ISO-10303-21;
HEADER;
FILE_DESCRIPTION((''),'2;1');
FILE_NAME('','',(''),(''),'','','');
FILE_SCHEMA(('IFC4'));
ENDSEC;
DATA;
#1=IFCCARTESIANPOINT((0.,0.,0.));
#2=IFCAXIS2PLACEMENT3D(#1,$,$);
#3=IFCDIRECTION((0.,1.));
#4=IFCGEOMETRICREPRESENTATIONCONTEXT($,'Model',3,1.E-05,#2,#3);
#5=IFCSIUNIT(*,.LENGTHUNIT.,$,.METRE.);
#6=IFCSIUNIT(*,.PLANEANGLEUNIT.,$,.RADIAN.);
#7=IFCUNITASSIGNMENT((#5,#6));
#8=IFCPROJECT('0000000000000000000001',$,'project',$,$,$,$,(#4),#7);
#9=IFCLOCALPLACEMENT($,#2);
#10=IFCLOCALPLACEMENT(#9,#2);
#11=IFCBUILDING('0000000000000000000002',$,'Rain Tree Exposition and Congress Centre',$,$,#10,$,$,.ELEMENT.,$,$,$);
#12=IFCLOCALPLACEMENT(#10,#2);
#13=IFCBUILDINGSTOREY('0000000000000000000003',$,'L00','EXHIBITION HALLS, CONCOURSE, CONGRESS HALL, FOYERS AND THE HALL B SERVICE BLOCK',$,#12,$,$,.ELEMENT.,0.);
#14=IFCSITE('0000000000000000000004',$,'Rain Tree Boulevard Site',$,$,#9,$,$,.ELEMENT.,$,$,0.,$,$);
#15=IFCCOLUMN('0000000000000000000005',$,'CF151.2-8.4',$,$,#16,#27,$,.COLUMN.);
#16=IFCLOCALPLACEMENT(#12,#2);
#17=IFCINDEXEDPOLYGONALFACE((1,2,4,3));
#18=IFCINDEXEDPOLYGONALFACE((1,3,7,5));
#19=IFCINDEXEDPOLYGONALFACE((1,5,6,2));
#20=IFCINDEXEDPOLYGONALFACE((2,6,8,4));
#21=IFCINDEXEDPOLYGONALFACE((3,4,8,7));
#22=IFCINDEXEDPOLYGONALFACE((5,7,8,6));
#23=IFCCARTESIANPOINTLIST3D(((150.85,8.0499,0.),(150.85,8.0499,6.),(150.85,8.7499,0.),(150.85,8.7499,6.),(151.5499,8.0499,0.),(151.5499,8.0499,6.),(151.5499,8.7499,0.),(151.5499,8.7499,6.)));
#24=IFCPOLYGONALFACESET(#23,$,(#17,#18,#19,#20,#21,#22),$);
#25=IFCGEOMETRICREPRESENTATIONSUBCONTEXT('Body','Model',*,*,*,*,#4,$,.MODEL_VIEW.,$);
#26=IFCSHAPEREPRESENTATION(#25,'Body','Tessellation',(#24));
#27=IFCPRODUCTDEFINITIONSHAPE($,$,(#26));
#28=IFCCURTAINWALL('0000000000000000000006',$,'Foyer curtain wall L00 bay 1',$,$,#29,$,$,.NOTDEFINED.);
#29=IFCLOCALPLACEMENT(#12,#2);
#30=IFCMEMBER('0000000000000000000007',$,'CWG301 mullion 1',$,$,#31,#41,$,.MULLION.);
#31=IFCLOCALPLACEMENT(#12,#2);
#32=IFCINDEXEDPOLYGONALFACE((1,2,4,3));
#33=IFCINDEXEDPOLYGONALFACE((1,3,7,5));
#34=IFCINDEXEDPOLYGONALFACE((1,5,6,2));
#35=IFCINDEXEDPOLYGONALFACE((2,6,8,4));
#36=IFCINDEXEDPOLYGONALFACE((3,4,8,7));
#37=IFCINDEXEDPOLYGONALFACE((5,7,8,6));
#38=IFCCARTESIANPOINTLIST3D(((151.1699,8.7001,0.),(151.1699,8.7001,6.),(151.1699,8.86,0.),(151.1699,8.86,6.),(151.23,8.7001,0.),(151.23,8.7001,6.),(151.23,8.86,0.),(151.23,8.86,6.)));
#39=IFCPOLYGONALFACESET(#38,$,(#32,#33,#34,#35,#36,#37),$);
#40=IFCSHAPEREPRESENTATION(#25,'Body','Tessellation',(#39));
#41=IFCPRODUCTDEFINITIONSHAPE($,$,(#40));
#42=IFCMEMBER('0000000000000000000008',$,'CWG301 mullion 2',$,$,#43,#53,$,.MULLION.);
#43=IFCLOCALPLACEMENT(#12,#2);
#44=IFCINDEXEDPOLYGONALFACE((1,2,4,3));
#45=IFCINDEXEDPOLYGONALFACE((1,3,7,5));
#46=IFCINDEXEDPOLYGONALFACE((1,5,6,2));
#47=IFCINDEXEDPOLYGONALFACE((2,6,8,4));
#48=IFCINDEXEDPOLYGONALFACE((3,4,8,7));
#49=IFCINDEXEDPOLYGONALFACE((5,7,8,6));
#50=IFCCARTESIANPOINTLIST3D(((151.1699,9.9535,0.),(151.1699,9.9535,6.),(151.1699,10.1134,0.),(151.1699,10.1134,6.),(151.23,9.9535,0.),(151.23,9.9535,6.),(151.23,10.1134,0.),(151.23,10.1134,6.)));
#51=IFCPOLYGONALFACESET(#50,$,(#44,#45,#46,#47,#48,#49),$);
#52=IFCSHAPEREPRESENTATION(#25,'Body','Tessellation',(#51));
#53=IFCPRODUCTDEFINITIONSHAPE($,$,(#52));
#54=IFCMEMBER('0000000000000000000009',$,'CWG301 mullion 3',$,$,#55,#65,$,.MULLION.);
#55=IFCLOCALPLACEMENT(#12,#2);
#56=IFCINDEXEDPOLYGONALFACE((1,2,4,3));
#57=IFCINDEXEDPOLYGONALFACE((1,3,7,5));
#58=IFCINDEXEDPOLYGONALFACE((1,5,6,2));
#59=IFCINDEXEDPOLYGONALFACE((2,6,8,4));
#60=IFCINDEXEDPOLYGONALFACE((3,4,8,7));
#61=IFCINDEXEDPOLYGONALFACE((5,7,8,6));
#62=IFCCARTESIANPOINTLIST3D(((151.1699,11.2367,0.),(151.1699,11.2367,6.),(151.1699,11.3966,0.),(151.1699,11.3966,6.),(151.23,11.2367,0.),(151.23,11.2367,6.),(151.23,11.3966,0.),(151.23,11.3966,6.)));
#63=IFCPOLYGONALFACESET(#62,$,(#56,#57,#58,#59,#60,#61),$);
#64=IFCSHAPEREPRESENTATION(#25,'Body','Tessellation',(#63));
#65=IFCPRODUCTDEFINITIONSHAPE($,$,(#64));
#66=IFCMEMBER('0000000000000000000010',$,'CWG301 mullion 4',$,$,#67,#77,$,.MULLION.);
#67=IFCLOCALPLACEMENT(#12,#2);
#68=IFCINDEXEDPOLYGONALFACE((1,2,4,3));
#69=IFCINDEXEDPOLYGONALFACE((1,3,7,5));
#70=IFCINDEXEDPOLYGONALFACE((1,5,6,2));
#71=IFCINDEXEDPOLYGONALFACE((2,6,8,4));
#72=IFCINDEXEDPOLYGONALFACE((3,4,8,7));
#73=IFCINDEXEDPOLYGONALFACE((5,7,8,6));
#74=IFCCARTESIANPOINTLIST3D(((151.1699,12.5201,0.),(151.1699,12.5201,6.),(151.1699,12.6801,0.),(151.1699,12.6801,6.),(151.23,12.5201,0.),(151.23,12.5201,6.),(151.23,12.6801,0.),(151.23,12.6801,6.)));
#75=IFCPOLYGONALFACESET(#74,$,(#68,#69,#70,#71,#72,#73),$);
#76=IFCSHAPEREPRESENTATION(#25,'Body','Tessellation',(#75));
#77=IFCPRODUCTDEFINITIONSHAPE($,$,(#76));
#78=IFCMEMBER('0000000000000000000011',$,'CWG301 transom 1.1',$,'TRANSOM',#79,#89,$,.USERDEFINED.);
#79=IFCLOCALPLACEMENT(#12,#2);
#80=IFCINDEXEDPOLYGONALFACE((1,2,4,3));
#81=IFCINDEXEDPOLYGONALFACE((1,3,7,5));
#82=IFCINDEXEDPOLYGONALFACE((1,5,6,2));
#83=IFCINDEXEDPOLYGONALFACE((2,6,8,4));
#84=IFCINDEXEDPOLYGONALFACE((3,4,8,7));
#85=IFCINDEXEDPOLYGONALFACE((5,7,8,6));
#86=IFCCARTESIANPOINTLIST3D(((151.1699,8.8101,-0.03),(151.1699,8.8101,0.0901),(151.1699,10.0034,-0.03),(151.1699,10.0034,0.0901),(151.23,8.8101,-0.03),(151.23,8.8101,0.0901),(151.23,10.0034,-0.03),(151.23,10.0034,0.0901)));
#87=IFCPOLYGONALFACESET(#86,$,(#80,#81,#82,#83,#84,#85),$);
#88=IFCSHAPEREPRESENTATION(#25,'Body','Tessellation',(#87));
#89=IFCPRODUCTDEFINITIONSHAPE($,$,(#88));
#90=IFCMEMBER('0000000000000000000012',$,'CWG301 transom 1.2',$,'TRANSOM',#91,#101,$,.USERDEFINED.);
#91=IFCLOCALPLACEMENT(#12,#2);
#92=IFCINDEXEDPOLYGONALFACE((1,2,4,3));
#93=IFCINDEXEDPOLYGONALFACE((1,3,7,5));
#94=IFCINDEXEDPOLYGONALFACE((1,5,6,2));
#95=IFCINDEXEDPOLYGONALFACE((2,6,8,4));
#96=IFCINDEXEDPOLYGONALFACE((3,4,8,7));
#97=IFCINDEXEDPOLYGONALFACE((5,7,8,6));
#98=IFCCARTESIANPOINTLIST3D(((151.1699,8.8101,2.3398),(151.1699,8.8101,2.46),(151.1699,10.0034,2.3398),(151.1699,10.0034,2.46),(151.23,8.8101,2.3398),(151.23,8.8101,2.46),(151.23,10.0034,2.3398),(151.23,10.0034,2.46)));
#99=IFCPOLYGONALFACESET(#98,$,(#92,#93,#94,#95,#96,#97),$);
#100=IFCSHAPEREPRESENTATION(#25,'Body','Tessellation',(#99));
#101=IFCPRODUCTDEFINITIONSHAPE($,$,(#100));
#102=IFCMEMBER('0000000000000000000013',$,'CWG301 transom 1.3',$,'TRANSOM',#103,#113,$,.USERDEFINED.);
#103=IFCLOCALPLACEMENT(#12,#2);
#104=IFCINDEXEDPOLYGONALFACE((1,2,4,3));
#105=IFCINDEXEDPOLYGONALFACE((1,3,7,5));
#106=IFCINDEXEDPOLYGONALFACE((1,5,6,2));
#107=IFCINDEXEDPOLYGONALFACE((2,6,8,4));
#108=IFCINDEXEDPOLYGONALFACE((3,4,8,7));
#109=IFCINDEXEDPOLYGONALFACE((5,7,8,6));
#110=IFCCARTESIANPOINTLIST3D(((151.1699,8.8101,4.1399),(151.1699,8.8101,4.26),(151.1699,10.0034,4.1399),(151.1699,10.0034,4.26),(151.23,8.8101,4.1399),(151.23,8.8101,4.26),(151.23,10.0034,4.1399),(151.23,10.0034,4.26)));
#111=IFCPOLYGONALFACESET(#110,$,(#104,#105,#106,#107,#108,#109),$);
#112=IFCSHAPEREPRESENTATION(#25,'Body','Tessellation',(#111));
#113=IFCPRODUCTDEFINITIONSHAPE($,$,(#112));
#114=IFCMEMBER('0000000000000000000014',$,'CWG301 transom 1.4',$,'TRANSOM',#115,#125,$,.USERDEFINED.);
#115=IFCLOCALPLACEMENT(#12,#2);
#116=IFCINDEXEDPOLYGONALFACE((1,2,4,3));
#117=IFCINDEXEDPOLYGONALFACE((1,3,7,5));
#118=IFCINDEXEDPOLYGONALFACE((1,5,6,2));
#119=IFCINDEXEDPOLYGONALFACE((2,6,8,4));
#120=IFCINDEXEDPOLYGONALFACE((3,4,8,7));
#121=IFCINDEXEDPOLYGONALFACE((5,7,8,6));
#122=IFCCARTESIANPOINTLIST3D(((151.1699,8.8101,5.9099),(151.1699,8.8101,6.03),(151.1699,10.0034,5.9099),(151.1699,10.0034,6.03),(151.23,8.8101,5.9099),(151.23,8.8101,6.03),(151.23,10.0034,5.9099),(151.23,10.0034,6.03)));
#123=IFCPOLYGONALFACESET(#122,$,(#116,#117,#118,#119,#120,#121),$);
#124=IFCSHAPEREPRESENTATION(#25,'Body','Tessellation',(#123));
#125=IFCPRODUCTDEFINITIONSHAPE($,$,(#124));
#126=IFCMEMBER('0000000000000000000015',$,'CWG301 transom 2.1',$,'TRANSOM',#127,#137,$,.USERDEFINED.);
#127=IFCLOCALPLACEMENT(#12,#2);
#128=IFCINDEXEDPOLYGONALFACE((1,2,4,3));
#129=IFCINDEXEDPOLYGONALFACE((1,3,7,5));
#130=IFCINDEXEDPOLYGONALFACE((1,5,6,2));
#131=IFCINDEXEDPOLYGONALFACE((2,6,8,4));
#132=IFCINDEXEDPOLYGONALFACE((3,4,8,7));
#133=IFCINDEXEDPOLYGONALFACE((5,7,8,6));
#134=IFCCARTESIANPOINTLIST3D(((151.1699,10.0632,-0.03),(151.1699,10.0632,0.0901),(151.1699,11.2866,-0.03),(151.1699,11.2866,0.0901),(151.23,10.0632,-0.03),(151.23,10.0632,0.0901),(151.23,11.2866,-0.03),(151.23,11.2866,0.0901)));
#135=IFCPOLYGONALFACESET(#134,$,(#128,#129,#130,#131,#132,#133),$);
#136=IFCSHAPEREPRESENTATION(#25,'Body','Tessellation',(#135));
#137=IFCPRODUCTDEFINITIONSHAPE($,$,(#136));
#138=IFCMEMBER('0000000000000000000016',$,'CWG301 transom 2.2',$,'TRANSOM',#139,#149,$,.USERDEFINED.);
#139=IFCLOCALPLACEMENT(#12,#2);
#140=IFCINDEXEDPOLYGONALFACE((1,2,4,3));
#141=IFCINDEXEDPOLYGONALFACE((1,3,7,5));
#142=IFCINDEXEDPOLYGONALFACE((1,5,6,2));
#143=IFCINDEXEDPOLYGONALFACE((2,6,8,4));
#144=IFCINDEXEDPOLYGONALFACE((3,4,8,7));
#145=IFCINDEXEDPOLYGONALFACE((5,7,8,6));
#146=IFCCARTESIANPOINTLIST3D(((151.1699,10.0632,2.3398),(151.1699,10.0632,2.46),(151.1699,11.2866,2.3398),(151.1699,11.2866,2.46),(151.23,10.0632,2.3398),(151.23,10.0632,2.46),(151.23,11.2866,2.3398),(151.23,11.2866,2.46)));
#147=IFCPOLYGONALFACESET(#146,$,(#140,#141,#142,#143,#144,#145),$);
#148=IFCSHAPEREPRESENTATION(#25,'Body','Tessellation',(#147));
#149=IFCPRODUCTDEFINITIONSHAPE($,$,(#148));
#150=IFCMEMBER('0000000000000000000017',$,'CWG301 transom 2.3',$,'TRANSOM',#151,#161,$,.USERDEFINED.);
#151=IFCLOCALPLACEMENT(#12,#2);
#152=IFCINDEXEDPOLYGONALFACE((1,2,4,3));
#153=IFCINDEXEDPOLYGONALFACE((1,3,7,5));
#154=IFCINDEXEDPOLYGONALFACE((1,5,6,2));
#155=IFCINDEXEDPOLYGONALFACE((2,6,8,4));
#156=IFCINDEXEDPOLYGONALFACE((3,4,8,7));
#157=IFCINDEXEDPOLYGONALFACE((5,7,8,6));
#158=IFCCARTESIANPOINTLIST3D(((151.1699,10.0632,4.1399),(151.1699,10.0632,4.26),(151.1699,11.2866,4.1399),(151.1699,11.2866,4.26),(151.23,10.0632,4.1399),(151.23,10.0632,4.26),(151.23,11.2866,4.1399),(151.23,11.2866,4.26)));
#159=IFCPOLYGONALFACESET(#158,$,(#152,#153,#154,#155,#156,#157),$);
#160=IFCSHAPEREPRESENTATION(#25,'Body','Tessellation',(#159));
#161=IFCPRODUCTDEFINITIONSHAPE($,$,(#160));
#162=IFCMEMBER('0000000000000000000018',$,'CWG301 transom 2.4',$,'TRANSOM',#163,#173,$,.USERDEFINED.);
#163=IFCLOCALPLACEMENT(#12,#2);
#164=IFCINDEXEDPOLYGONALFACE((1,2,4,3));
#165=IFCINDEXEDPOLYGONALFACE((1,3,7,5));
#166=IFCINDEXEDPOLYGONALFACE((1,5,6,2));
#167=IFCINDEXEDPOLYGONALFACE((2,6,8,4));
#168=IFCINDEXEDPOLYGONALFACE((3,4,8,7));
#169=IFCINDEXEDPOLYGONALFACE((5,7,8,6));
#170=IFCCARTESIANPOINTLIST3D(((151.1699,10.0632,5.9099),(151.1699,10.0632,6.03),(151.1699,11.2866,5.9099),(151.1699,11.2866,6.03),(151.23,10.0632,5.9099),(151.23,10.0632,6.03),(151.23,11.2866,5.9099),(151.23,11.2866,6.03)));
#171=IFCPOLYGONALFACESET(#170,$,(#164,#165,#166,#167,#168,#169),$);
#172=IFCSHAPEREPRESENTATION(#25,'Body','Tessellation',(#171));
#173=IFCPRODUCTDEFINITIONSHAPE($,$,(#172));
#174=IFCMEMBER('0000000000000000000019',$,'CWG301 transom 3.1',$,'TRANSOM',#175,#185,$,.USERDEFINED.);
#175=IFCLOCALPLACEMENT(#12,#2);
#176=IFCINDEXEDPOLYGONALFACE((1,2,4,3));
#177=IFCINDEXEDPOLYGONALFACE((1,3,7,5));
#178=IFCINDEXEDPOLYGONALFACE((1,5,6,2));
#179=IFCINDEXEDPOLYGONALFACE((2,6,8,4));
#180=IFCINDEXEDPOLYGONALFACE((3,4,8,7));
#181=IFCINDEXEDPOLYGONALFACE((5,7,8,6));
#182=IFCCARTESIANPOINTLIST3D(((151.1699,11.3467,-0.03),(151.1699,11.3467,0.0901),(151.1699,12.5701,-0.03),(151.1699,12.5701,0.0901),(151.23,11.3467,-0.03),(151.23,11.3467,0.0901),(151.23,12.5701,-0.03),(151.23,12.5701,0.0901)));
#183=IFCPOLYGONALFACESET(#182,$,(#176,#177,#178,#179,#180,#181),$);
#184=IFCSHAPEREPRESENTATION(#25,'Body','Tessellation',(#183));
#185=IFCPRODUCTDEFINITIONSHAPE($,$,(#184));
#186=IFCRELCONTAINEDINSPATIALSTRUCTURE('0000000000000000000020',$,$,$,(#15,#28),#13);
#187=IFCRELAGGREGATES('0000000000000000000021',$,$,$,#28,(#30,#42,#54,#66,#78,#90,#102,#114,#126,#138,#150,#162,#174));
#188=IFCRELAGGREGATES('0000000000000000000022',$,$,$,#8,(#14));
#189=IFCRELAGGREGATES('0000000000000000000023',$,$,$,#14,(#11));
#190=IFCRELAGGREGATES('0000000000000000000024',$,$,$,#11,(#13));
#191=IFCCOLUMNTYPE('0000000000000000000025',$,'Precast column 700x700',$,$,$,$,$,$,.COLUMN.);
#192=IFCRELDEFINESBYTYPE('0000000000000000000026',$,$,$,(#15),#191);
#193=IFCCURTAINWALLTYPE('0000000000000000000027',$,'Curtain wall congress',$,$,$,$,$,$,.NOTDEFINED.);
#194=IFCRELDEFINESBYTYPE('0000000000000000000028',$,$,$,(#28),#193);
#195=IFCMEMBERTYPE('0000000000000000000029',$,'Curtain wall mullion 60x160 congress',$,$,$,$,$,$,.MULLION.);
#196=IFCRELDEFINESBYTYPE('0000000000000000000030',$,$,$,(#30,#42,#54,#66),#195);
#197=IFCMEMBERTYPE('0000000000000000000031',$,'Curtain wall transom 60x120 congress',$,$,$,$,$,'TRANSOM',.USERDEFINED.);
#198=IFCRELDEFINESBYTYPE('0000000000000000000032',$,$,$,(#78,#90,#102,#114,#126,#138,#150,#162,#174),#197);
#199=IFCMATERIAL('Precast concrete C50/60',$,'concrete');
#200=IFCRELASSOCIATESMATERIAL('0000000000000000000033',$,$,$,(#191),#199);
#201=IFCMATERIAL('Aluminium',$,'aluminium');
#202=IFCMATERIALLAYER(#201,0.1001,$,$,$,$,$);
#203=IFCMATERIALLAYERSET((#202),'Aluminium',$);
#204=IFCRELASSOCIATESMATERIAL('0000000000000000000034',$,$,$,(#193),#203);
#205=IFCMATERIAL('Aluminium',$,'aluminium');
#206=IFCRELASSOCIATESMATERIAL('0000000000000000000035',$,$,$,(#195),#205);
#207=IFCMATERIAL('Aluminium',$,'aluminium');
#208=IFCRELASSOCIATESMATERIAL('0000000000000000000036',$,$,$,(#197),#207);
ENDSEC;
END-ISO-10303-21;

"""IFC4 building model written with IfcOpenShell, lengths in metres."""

from ifc_helpers import new_model, si_unit, direction, frame, origin, origin_2d, place, context, subcontext, project, spatial, rectangle, extrude, material, layer, layer_set, material_profile, profile_set, type_object, element, aggregate, save


model = new_model("IFC4")

# Units and contexts
model_context = context("Model", 3, precision=1e-05, world=origin(), true_north=direction((0.0, 1.0)))
body_context = subcontext(model_context, "Body", "Model", "MODEL_VIEW")
ifc_project = project(units=[si_unit("LENGTHUNIT", "METRE"), si_unit("PLANEANGLEUNIT", "RADIAN")], contexts=[model_context])

# Site, building, storey
site_placement = place(None, origin())
site = spatial("IfcSite", under=ifc_project, at=site_placement, Name="Rain Tree Boulevard Site", CompositionType="ELEMENT", RefElevation=0.0)
building_placement = place(site_placement, origin())
building = spatial("IfcBuilding", under=site, at=building_placement, Name="Rain Tree Exposition and Congress Centre", CompositionType="ELEMENT")
storey_placement = place(building_placement, origin())
storey = spatial("IfcBuildingStorey", under=building, at=storey_placement, Name="L00", Description="EXHIBITION HALLS, CONCOURSE, CONGRESS HALL, FOYERS AND THE HALL B SERVICE BLOCK", CompositionType="ELEMENT", Elevation=0.0)

# Column
ifc_material_1 = material(Name="Precast concrete C50/60", Category="concrete")
ifc_material_profile_1 = material_profile(ifc_material_1, rectangle(XDim=0.7, YDim=0.7, at=origin_2d()), Name="RC 700x700")
ifc_profile_set_1 = profile_set([ifc_material_profile_1], Name="Precast concrete C50/60")
column_type = type_object("IfcColumnType", Name="Precast column 700x700", PredefinedType="COLUMN", material=ifc_profile_set_1)
column_placement = place(storey_placement, frame((151.2, 8.3999, 0.0), z_axis=(0.0, 0.0, 1.0), x_axis=(1.0, 0.0, 0.0)))
element("IfcColumn", 1, at=column_placement, inside=storey, type_object=column_type, Name="CF151.2-8.4", PredefinedType="COLUMN", context=body_context, shape_type="SweptSolid", body=[
    extrude(rectangle(XDim=0.7, YDim=0.7, at=origin_2d()), origin(), (0.0, 0.0, 1.0), 6.0),
])

# Curtain wall, members
ifc_material_2 = material(Name="Aluminium", Category="aluminium")
ifc_layer_1 = layer(ifc_material_2, 0.1001)
ifc_layer_set_1 = layer_set([ifc_layer_1], Name="Aluminium")
curtain_wall_type = type_object("IfcCurtainWallType", Name="Curtain wall congress", PredefinedType="NOTDEFINED", material=ifc_layer_set_1)
curtain_wall_placement = place(storey_placement, origin())
curtain_wall = element("IfcCurtainWall", 2, at=curtain_wall_placement, inside=storey, type_object=curtain_wall_type, Name="Foyer curtain wall L00 bay 1", PredefinedType="NOTDEFINED")
ifc_material_3 = material(Name="Aluminium", Category="aluminium")
ifc_material_profile_2 = material_profile(ifc_material_3, rectangle(XDim=0.0601, YDim=0.1599, at=origin_2d()), Name="AL 60x160")
ifc_profile_set_2 = profile_set([ifc_material_profile_2], Name="Aluminium")
member_type_1 = type_object("IfcMemberType", Name="Curtain wall mullion 60x160 congress", PredefinedType="MULLION", material=ifc_profile_set_2)
member_1_placement = place(storey_placement, frame((151.2, 8.78, 0.0), z_axis=(0.0, 0.0, 1.0), x_axis=(-1.0, 0.0, 0.0)))
member_1 = element("IfcMember", 3, at=member_1_placement, type_object=member_type_1, Name="CWG301 mullion 1", PredefinedType="MULLION", context=body_context, shape_type="SweptSolid", body=[
    extrude(rectangle(XDim=0.0601, YDim=0.1599, at=origin_2d()), origin(), (0.0, 0.0, 1.0), 6.0),
])
member_2_placement = place(storey_placement, frame((151.2, 10.0334, 0.0), z_axis=(0.0, 0.0, 1.0), x_axis=(-1.0, 0.0, 0.0)))
member_2 = element("IfcMember", 4, at=member_2_placement, type_object=member_type_1, Name="CWG301 mullion 2", PredefinedType="MULLION", context=body_context, shape_type="SweptSolid", body=[
    extrude(rectangle(XDim=0.0601, YDim=0.1599, at=origin_2d()), origin(), (0.0, 0.0, 1.0), 6.0),
])
member_3_placement = place(storey_placement, frame((151.2, 11.3167, 0.0), z_axis=(0.0, 0.0, 1.0), x_axis=(-1.0, 0.0, 0.0)))
member_3 = element("IfcMember", 5, at=member_3_placement, type_object=member_type_1, Name="CWG301 mullion 3", PredefinedType="MULLION", context=body_context, shape_type="SweptSolid", body=[
    extrude(rectangle(XDim=0.0601, YDim=0.1599, at=origin_2d()), origin(), (0.0, 0.0, 1.0), 6.0),
])
member_4_placement = place(storey_placement, frame((151.2, 12.6001, 0.0), z_axis=(0.0, 0.0, 1.0), x_axis=(-1.0, 0.0, 0.0)))
member_4 = element("IfcMember", 6, at=member_4_placement, type_object=member_type_1, Name="CWG301 mullion 4", PredefinedType="MULLION", context=body_context, shape_type="SweptSolid", body=[
    extrude(rectangle(XDim=0.0601, YDim=0.1599, at=origin_2d()), origin(), (0.0, 0.0, 1.0), 6.0),
])
ifc_material_4 = material(Name="Aluminium", Category="aluminium")
ifc_material_profile_3 = material_profile(ifc_material_4, rectangle(XDim=0.0601, YDim=0.1201, at=origin_2d()), Name="AL 60x120")
ifc_profile_set_3 = profile_set([ifc_material_profile_3], Name="Aluminium")
member_type_2 = type_object("IfcMemberType", Name="Curtain wall transom 60x120 congress", ElementType="TRANSOM", PredefinedType="USERDEFINED", material=ifc_profile_set_3)
member_5_placement = place(storey_placement, frame((151.2, 8.8101, 0.03), z_axis=(0.0, 1.0, 0.0), x_axis=(-1.0, 0.0, 0.0)))
member_5 = element("IfcMember", 7, at=member_5_placement, type_object=member_type_2, Name="CWG301 transom 1.1", ObjectType="TRANSOM", PredefinedType="USERDEFINED", context=body_context, shape_type="SweptSolid", body=[
    extrude(rectangle(XDim=0.0601, YDim=0.1201, at=origin_2d()), origin(), (0.0, 0.0, 1.0), 1.1934),
])
member_6_placement = place(storey_placement, frame((151.2, 8.8101, 2.3999), z_axis=(0.0, 1.0, 0.0), x_axis=(-1.0, 0.0, 0.0)))
member_6 = element("IfcMember", 8, at=member_6_placement, type_object=member_type_2, Name="CWG301 transom 1.2", ObjectType="TRANSOM", PredefinedType="USERDEFINED", context=body_context, shape_type="SweptSolid", body=[
    extrude(rectangle(XDim=0.0601, YDim=0.1201, at=origin_2d()), origin(), (0.0, 0.0, 1.0), 1.1934),
])
member_7_placement = place(storey_placement, frame((151.2, 8.8101, 4.2), z_axis=(0.0, 1.0, 0.0), x_axis=(-1.0, 0.0, 0.0)))
member_7 = element("IfcMember", 9, at=member_7_placement, type_object=member_type_2, Name="CWG301 transom 1.3", ObjectType="TRANSOM", PredefinedType="USERDEFINED", context=body_context, shape_type="SweptSolid", body=[
    extrude(rectangle(XDim=0.0601, YDim=0.1201, at=origin_2d()), origin(), (0.0, 0.0, 1.0), 1.1934),
])
member_8_placement = place(storey_placement, frame((151.2, 8.8101, 5.97), z_axis=(0.0, 1.0, 0.0), x_axis=(-1.0, 0.0, 0.0)))
member_8 = element("IfcMember", 10, at=member_8_placement, type_object=member_type_2, Name="CWG301 transom 1.4", ObjectType="TRANSOM", PredefinedType="USERDEFINED", context=body_context, shape_type="SweptSolid", body=[
    extrude(rectangle(XDim=0.0601, YDim=0.1201, at=origin_2d()), origin(), (0.0, 0.0, 1.0), 1.1934),
])
member_9_placement = place(storey_placement, frame((151.2, 10.0632, 0.03), z_axis=(0.0, 1.0, 0.0), x_axis=(-1.0, 0.0, 0.0)))
member_9 = element("IfcMember", 11, at=member_9_placement, type_object=member_type_2, Name="CWG301 transom 2.1", ObjectType="TRANSOM", PredefinedType="USERDEFINED", context=body_context, shape_type="SweptSolid", body=[
    extrude(rectangle(XDim=0.0601, YDim=0.1201, at=origin_2d()), origin(), (0.0, 0.0, 1.0), 1.2234),
])
member_10_placement = place(storey_placement, frame((151.2, 10.0632, 2.3999), z_axis=(0.0, 1.0, 0.0), x_axis=(-1.0, 0.0, 0.0)))
member_10 = element("IfcMember", 12, at=member_10_placement, type_object=member_type_2, Name="CWG301 transom 2.2", ObjectType="TRANSOM", PredefinedType="USERDEFINED", context=body_context, shape_type="SweptSolid", body=[
    extrude(rectangle(XDim=0.0601, YDim=0.1201, at=origin_2d()), origin(), (0.0, 0.0, 1.0), 1.2234),
])
member_11_placement = place(storey_placement, frame((151.2, 10.0632, 4.2), z_axis=(0.0, 1.0, 0.0), x_axis=(-1.0, 0.0, 0.0)))
member_11 = element("IfcMember", 13, at=member_11_placement, type_object=member_type_2, Name="CWG301 transom 2.3", ObjectType="TRANSOM", PredefinedType="USERDEFINED", context=body_context, shape_type="SweptSolid", body=[
    extrude(rectangle(XDim=0.0601, YDim=0.1201, at=origin_2d()), origin(), (0.0, 0.0, 1.0), 1.2234),
])
member_12_placement = place(storey_placement, frame((151.2, 10.0632, 5.97), z_axis=(0.0, 1.0, 0.0), x_axis=(-1.0, 0.0, 0.0)))
member_12 = element("IfcMember", 14, at=member_12_placement, type_object=member_type_2, Name="CWG301 transom 2.4", ObjectType="TRANSOM", PredefinedType="USERDEFINED", context=body_context, shape_type="SweptSolid", body=[
    extrude(rectangle(XDim=0.0601, YDim=0.1201, at=origin_2d()), origin(), (0.0, 0.0, 1.0), 1.2234),
])
member_13_placement = place(storey_placement, frame((151.2, 11.3467, 0.03), z_axis=(0.0, 1.0, 0.0), x_axis=(-1.0, 0.0, 0.0)))
member_13 = element("IfcMember", 15, at=member_13_placement, type_object=member_type_2, Name="CWG301 transom 3.1", ObjectType="TRANSOM", PredefinedType="USERDEFINED", context=body_context, shape_type="SweptSolid", body=[
    extrude(rectangle(XDim=0.0601, YDim=0.1201, at=origin_2d()), origin(), (0.0, 0.0, 1.0), 1.2234),
])
aggregate(curtain_wall, [member_1, member_2, member_3, member_4, member_5, member_6, member_7, member_8, member_9, member_10, member_11, member_12, member_13])

save(model, "model.ifc")
